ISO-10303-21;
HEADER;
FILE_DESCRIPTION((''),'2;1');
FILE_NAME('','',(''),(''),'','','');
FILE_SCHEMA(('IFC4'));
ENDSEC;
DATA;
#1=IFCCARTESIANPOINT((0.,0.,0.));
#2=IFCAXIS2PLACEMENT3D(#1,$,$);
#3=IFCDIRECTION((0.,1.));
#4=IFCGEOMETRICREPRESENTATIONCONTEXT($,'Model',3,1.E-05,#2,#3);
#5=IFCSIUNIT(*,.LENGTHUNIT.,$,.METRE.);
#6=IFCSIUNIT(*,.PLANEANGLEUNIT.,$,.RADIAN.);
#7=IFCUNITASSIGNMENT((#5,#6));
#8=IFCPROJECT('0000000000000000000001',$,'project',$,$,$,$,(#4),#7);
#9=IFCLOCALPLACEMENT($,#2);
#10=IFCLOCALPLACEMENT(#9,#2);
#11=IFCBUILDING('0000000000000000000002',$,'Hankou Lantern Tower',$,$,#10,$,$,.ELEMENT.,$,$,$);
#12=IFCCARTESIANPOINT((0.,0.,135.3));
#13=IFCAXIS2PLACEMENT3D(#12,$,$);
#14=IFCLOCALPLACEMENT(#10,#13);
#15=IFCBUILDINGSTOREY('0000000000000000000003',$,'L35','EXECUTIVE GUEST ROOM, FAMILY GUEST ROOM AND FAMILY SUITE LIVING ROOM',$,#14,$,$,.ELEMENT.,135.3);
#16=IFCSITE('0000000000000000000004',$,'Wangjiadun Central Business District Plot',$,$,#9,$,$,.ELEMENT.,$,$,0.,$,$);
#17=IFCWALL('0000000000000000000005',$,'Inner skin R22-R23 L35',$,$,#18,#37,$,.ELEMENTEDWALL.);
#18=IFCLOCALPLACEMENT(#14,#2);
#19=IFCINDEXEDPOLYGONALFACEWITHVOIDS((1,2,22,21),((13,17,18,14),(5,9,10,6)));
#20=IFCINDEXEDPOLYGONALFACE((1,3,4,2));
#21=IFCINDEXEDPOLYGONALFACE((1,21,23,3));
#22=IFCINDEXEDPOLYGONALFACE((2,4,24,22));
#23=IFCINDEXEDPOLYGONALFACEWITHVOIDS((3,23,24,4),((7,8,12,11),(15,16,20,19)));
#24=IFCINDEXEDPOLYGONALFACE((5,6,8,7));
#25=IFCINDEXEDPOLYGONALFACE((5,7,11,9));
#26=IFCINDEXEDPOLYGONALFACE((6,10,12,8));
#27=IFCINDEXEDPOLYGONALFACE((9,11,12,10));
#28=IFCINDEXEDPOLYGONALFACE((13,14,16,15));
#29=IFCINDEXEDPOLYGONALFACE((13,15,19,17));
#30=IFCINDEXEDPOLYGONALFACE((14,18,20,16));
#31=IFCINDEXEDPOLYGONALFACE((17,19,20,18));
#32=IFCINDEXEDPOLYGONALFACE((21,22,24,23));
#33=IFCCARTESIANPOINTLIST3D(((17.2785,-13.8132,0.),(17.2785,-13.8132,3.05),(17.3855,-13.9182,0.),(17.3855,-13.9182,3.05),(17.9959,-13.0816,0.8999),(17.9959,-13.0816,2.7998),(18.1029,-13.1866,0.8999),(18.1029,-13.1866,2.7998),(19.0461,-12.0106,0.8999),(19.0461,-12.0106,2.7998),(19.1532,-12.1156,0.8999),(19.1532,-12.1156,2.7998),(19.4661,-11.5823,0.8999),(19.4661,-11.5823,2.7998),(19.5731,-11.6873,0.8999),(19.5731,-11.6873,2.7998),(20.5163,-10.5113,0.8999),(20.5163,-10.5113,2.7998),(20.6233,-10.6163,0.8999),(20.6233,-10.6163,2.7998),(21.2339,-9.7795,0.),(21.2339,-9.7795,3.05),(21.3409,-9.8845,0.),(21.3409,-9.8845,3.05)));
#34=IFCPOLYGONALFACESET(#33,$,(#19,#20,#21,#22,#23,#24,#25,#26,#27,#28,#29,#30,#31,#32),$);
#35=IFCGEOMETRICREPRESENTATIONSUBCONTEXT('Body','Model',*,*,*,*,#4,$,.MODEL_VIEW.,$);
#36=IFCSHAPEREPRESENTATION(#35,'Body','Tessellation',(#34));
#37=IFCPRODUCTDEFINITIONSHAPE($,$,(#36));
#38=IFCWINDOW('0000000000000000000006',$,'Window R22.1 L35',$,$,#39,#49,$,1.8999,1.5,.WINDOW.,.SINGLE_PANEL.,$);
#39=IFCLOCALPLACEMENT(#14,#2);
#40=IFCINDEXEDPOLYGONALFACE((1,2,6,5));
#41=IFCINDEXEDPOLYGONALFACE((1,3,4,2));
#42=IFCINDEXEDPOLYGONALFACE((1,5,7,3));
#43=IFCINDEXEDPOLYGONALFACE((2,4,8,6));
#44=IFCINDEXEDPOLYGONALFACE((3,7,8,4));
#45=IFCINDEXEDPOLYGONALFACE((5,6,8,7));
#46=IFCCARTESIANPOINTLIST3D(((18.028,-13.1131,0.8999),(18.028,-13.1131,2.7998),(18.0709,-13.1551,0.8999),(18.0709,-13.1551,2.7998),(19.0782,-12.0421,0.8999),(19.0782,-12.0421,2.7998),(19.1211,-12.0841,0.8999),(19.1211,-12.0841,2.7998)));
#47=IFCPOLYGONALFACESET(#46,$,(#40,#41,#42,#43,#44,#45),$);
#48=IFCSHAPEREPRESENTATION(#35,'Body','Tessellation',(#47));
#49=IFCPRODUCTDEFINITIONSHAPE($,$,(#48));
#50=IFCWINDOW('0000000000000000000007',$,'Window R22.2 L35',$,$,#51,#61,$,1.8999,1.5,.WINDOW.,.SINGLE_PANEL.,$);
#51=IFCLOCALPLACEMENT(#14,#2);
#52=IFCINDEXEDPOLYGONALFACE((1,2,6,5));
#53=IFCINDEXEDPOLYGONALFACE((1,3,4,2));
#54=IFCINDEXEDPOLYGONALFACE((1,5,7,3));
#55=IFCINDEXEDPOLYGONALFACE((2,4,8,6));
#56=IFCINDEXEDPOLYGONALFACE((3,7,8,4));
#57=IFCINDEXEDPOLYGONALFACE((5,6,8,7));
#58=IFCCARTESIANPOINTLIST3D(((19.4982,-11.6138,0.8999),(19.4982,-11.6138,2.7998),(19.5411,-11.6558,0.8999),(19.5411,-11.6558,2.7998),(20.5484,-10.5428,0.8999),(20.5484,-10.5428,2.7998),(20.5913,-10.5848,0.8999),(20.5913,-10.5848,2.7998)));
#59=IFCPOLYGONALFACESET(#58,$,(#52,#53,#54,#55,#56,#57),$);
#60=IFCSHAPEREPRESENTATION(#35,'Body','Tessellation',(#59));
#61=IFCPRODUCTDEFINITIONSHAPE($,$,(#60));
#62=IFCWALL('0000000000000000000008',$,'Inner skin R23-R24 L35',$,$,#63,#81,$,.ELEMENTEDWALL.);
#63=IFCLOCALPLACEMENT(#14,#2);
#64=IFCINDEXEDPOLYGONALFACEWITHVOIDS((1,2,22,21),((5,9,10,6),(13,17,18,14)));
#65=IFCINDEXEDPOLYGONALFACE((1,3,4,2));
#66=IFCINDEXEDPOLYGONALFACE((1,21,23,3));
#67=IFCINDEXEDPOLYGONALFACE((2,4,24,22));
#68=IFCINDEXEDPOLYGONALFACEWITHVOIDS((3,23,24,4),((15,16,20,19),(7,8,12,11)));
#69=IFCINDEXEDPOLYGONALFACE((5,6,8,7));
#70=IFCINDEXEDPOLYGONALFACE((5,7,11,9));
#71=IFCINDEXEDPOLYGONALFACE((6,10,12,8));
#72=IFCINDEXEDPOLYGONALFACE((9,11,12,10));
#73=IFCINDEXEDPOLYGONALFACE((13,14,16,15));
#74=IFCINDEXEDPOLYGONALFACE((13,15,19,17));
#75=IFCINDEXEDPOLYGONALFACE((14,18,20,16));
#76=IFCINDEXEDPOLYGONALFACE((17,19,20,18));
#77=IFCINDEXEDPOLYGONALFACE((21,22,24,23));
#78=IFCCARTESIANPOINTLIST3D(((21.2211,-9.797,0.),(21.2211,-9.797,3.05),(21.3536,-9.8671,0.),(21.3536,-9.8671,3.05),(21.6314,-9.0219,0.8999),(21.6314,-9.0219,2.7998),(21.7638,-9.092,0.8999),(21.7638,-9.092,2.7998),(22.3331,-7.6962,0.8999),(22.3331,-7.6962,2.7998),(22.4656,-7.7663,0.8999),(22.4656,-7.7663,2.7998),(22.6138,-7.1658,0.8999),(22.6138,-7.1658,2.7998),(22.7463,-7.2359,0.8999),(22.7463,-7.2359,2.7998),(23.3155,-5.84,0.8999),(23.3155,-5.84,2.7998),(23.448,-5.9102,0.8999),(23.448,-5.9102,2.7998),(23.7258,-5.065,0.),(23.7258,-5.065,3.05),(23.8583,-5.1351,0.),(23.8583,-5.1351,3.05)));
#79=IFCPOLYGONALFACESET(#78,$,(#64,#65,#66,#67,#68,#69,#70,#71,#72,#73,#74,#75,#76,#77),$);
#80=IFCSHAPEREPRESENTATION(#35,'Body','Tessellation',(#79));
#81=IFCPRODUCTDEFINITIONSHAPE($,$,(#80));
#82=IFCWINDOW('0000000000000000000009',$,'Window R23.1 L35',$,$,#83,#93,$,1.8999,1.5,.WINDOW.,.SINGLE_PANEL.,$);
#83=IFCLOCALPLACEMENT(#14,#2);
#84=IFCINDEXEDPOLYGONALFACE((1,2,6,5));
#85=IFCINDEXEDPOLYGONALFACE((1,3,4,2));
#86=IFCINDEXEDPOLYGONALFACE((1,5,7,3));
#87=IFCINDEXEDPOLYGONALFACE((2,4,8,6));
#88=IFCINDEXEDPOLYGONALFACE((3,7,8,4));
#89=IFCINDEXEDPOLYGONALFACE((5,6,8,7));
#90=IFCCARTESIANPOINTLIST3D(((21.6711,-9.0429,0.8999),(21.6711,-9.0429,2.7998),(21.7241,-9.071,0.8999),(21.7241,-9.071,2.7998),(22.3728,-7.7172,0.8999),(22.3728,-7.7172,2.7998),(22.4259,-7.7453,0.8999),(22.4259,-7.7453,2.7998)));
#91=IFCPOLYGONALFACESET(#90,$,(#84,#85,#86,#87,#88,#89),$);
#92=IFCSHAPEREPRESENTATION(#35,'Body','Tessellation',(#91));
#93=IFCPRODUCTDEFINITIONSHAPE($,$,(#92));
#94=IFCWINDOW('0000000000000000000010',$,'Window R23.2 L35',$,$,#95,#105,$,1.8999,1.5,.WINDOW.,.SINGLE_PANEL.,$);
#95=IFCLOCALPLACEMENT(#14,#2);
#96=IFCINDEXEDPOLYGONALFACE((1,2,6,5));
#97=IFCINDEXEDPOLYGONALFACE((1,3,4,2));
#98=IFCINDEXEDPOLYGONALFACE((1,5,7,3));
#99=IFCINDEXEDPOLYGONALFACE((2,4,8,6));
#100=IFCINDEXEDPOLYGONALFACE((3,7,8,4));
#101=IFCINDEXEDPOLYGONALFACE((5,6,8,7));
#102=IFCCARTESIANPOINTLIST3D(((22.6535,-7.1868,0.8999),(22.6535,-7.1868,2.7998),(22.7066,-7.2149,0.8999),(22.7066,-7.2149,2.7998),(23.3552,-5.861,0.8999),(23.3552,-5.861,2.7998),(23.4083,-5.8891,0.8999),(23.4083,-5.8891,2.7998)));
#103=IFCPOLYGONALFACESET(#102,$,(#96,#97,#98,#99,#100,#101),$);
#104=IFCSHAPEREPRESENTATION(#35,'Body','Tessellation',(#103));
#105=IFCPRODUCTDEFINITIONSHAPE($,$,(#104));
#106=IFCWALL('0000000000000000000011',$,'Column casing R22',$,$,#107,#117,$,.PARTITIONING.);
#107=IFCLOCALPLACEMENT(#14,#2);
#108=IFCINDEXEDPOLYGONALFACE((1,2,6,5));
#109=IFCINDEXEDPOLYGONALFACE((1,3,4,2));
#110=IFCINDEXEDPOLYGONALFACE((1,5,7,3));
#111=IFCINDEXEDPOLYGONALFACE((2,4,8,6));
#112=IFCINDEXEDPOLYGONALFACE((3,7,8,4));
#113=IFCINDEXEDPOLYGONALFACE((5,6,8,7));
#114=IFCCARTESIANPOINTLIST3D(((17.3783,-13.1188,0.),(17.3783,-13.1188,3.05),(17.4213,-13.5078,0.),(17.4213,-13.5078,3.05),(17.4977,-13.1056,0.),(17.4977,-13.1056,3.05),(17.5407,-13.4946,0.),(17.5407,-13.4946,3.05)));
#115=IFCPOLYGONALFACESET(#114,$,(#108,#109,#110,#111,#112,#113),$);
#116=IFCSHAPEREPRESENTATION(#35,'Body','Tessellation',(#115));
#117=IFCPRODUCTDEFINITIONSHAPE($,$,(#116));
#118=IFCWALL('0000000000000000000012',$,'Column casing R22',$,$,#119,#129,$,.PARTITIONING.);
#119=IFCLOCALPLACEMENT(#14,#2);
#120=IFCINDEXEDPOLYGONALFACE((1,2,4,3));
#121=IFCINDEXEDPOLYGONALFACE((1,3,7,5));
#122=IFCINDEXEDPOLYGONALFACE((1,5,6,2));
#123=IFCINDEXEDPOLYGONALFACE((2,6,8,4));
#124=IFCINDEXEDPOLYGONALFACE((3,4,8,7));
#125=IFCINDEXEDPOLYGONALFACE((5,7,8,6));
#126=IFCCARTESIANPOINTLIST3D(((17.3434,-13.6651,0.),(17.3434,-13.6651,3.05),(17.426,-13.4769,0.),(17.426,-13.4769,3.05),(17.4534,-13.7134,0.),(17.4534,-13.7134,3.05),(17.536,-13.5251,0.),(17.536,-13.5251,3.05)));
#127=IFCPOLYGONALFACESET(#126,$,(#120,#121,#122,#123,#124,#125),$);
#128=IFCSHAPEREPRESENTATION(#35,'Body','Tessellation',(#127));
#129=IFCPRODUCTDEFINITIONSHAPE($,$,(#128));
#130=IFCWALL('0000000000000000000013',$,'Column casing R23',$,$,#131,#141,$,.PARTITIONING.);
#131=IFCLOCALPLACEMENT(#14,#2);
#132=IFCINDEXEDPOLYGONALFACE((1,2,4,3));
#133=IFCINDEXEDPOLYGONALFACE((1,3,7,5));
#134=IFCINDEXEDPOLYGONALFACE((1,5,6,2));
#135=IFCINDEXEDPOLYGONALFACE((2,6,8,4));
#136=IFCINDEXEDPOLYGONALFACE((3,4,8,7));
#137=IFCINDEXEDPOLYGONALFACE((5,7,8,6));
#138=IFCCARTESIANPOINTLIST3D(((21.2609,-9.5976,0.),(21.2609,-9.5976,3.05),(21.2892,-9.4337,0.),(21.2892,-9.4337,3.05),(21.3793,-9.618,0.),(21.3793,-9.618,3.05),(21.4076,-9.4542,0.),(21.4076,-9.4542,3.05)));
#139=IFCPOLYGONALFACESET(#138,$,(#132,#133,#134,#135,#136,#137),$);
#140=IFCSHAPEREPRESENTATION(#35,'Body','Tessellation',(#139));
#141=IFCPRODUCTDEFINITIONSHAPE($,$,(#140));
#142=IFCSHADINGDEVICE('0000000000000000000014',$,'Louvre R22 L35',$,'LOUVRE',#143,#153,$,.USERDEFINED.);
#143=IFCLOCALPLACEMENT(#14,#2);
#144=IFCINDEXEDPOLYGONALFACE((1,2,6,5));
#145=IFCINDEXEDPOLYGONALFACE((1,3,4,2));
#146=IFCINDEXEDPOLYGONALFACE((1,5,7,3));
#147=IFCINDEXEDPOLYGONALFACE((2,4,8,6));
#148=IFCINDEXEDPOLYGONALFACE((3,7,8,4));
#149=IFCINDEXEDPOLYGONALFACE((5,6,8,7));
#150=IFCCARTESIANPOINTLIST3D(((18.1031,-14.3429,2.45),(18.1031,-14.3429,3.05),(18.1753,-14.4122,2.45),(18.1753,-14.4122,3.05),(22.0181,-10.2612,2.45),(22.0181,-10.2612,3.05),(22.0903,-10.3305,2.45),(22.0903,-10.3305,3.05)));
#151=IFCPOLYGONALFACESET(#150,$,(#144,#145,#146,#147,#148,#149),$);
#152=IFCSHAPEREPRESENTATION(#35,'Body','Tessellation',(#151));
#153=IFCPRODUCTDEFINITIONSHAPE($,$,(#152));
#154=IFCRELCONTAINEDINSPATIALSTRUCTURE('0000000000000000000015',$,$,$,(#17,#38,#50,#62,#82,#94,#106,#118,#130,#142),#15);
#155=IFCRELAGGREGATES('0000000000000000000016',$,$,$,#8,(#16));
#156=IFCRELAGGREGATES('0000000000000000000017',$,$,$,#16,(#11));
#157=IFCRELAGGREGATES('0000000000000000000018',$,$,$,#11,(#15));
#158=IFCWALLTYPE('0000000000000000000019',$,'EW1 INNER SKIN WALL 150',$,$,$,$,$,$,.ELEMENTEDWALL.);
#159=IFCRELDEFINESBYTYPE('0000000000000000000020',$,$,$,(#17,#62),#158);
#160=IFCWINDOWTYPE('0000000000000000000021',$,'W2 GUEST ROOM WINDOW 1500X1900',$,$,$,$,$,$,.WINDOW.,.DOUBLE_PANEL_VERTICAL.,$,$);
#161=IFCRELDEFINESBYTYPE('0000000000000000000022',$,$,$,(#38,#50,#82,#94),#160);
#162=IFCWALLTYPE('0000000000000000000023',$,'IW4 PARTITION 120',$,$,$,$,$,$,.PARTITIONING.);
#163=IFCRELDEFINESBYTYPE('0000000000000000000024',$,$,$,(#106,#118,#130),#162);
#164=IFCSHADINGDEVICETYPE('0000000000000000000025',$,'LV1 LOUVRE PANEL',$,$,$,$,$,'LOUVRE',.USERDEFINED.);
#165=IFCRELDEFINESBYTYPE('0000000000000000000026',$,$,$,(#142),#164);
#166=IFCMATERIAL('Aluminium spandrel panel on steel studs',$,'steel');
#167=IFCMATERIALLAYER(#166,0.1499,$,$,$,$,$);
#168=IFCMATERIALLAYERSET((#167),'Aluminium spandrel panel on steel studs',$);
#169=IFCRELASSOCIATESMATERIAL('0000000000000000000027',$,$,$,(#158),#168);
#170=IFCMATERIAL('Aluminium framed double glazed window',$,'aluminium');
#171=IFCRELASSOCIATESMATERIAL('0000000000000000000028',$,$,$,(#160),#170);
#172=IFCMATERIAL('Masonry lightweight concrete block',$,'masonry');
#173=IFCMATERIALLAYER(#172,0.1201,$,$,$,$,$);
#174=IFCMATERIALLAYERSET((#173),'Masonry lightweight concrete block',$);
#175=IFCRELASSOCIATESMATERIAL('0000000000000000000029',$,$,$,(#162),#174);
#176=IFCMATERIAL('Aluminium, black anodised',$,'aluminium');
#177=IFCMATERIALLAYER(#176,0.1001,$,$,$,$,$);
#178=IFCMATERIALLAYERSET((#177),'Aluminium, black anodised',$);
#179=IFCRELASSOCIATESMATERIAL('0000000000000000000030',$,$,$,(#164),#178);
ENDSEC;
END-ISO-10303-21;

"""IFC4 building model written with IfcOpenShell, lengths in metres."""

from ifc_helpers import new_model, si_unit, direction, frame, frame_2d, origin, origin_2d, place, context, subcontext, project, spatial, rectangle, extrude, material, layer, layer_set, type_object, element, fill, save


model = new_model("IFC4")

# Units and contexts
model_context = context("Model", 3, precision=1e-05, world=origin(), true_north=direction((0.0, 1.0)))
body_context = subcontext(model_context, "Body", "Model", "MODEL_VIEW")
ifc_project = project(units=[si_unit("LENGTHUNIT", "METRE"), si_unit("PLANEANGLEUNIT", "RADIAN")], contexts=[model_context])

# Site, building, storey
site_placement = place(None, origin())
site = spatial("IfcSite", under=ifc_project, at=site_placement, Name="Wangjiadun Central Business District Plot", CompositionType="ELEMENT", RefElevation=0.0)
building_placement = place(site_placement, origin())
building = spatial("IfcBuilding", under=site, at=building_placement, Name="Hankou Lantern Tower", CompositionType="ELEMENT")
storey_placement = place(building_placement, frame((0.0, 0.0, 135.3)))
storey = spatial("IfcBuildingStorey", under=building, at=storey_placement, Name="L35", Description="EXECUTIVE GUEST ROOM, FAMILY GUEST ROOM AND FAMILY SUITE LIVING ROOM", CompositionType="ELEMENT", Elevation=135.3)

# Walls, openings, windows
ifc_material_1 = material(Name="Aluminium spandrel panel on steel studs", Category="steel")
ifc_layer_1 = layer(ifc_material_1, 0.1499)
ifc_layer_set_1 = layer_set([ifc_layer_1], Name="Aluminium spandrel panel on steel studs")
wall_type_1 = type_object("IfcWallType", Name="EW1 INNER SKIN WALL 150", PredefinedType="ELEMENTEDWALL", material=ifc_layer_set_1)
wall_1_placement = place(storey_placement, frame((17.332, -13.8657, 0.0), z_axis=(0.0, 0.0, 1.0), x_axis=(0.700137, 0.714009, 0.0)))
wall_1 = element("IfcWall", 1, at=wall_1_placement, inside=storey, type_object=wall_type_1, Name="Inner skin R22-R23 L35", PredefinedType="ELEMENTEDWALL", context=body_context, shape_type="SweptSolid", body=[
    extrude(rectangle(XDim=5.6494, YDim=0.1499, at=frame_2d((2.8247, 0.0))), origin(), (0.0, 0.0, 1.0), 3.05),
])
opening_1_placement = place(wall_1_placement, frame((1.0247, 0.0, 0.8999)))
opening_1 = element("IfcOpeningElement", 2, at=opening_1_placement, cuts=wall_1, PredefinedType="OPENING", context=body_context, shape_type="SweptSolid", body=[
    extrude(rectangle(XDim=1.5, YDim=1.8999, at=frame_2d((0.75, 0.95))), frame((0.0, 0.085, 0.0), z_axis=(0.0, -1.0, 0.0), x_axis=(1.0, 0.0, 0.0)), (0.0, 0.0, 1.0), 0.1699),
])
opening_2_placement = place(wall_1_placement, frame((3.1245, 0.0, 0.8999)))
opening_2 = element("IfcOpeningElement", 3, at=opening_2_placement, cuts=wall_1, PredefinedType="OPENING", context=body_context, shape_type="SweptSolid", body=[
    extrude(rectangle(XDim=1.5, YDim=1.8999, at=frame_2d((0.75, 0.95))), frame((0.0, 0.085, 0.0), z_axis=(0.0, -1.0, 0.0), x_axis=(1.0, 0.0, 0.0)), (0.0, 0.0, 1.0), 0.1699),
])
ifc_material_2 = material(Name="Aluminium framed double glazed window", Category="aluminium")
window_type = type_object("IfcWindowType", Name="W2 GUEST ROOM WINDOW 1500X1900", PartitioningType="DOUBLE_PANEL_VERTICAL", PredefinedType="WINDOW", material=ifc_material_2)
window_1_placement = place(opening_1_placement, origin())
window_1 = element("IfcWindow", 4, at=window_1_placement, inside=storey, type_object=window_type, Name="Window R22.1 L35", OverallHeight=1.8999, OverallWidth=1.5, PartitioningType="SINGLE_PANEL", PredefinedType="WINDOW", context=body_context, shape_type="SweptSolid", body=[
    extrude(rectangle(XDim=1.5, YDim=1.8999, at=frame_2d((0.75, 0.95))), frame((0.0, 0.03, 0.0), z_axis=(0.0, -1.0, 0.0), x_axis=(1.0, 0.0, 0.0)), (0.0, 0.0, 1.0), 0.0601),
])
fill(opening_1, window_1)
window_2_placement = place(opening_2_placement, origin())
window_2 = element("IfcWindow", 5, at=window_2_placement, inside=storey, type_object=window_type, Name="Window R22.2 L35", OverallHeight=1.8999, OverallWidth=1.5, PartitioningType="SINGLE_PANEL", PredefinedType="WINDOW", context=body_context, shape_type="SweptSolid", body=[
    extrude(rectangle(XDim=1.5, YDim=1.8999, at=frame_2d((0.75, 0.95))), frame((0.0, 0.03, 0.0), z_axis=(0.0, -1.0, 0.0), x_axis=(1.0, 0.0, 0.0)), (0.0, 0.0, 1.0), 0.0601),
])
fill(opening_2, window_2)
wall_2_placement = place(storey_placement, frame((21.2874, -9.832, 0.0), z_axis=(0.0, 0.0, 1.0), x_axis=(0.467814, 0.883827, 0.0)))
wall_2 = element("IfcWall", 6, at=wall_2_placement, inside=storey, type_object=wall_type_1, Name="Inner skin R23-R24 L35", PredefinedType="ELEMENTEDWALL", context=body_context, shape_type="SweptSolid", body=[
    extrude(rectangle(XDim=5.354, YDim=0.1499, at=frame_2d((2.677, 0.0))), origin(), (0.0, 0.0, 1.0), 3.05),
])
opening_3_placement = place(wall_2_placement, frame((0.877, 0.0, 0.8999)))
opening_3 = element("IfcOpeningElement", 7, at=opening_3_placement, cuts=wall_2, PredefinedType="OPENING", context=body_context, shape_type="SweptSolid", body=[
    extrude(rectangle(XDim=1.5, YDim=1.8999, at=frame_2d((0.75, 0.95))), frame((0.0, 0.085, 0.0), z_axis=(0.0, -1.0, 0.0), x_axis=(1.0, 0.0, 0.0)), (0.0, 0.0, 1.0), 0.1699),
])
opening_4_placement = place(wall_2_placement, frame((2.9771, 0.0, 0.8999)))
opening_4 = element("IfcOpeningElement", 8, at=opening_4_placement, cuts=wall_2, PredefinedType="OPENING", context=body_context, shape_type="SweptSolid", body=[
    extrude(rectangle(XDim=1.5, YDim=1.8999, at=frame_2d((0.75, 0.95))), frame((0.0, 0.085, 0.0), z_axis=(0.0, -1.0, 0.0), x_axis=(1.0, 0.0, 0.0)), (0.0, 0.0, 1.0), 0.1699),
])
window_3_placement = place(opening_3_placement, origin())
window_3 = element("IfcWindow", 9, at=window_3_placement, inside=storey, type_object=window_type, Name="Window R23.1 L35", OverallHeight=1.8999, OverallWidth=1.5, PartitioningType="SINGLE_PANEL", PredefinedType="WINDOW", context=body_context, shape_type="SweptSolid", body=[
    extrude(rectangle(XDim=1.5, YDim=1.8999, at=frame_2d((0.75, 0.95))), frame((0.0, 0.03, 0.0), z_axis=(0.0, -1.0, 0.0), x_axis=(1.0, 0.0, 0.0)), (0.0, 0.0, 1.0), 0.0601),
])
fill(opening_3, window_3)
window_4_placement = place(opening_4_placement, origin())
window_4 = element("IfcWindow", 10, at=window_4_placement, inside=storey, type_object=window_type, Name="Window R23.2 L35", OverallHeight=1.8999, OverallWidth=1.5, PartitioningType="SINGLE_PANEL", PredefinedType="WINDOW", context=body_context, shape_type="SweptSolid", body=[
    extrude(rectangle(XDim=1.5, YDim=1.8999, at=frame_2d((0.75, 0.95))), frame((0.0, 0.03, 0.0), z_axis=(0.0, -1.0, 0.0), x_axis=(1.0, 0.0, 0.0)), (0.0, 0.0, 1.0), 0.0601),
])
fill(opening_4, window_4)

# Walls
ifc_material_3 = material(Name="Masonry lightweight concrete block", Category="masonry")
ifc_layer_2 = layer(ifc_material_3, 0.1201)
ifc_layer_set_2 = layer_set([ifc_layer_2], Name="Masonry lightweight concrete block")
wall_type_2 = type_object("IfcWallType", Name="IW4 PARTITION 120", PredefinedType="PARTITIONING", material=ifc_layer_set_2)
wall_3_placement = place(storey_placement, frame((17.438, -13.1121, 0.0), z_axis=(0.0, 0.0, 1.0), x_axis=(0.109815, -0.993952, 0.0)))
element("IfcWall", 11, at=wall_3_placement, inside=storey, type_object=wall_type_2, Name="Column casing R22", PredefinedType="PARTITIONING", context=body_context, shape_type="SweptSolid", body=[
    extrude(rectangle(XDim=0.3914, YDim=0.1201, at=frame_2d((0.1958, 0.0))), origin(), (0.0, 0.0, 1.0), 3.05),
])
wall_4_placement = place(storey_placement, frame((17.481, -13.501, 0.0), z_axis=(0.0, 0.0, 1.0), x_axis=(-0.401504, -0.915857, 0.0)))
element("IfcWall", 12, at=wall_4_placement, inside=storey, type_object=wall_type_2, Name="Column casing R22", PredefinedType="PARTITIONING", context=body_context, shape_type="SweptSolid", body=[
    extrude(rectangle(XDim=0.2056, YDim=0.1201, at=frame_2d((0.1028, 0.0))), origin(), (0.0, 0.0, 1.0), 3.05),
])
wall_5_placement = place(storey_placement, frame((21.3484, -9.4441, 0.0), z_axis=(0.0, 0.0, 1.0), x_axis=(-0.170349, -0.985384, 0.0)))
element("IfcWall", 13, at=wall_5_placement, inside=storey, type_object=wall_type_2, Name="Column casing R23", PredefinedType="PARTITIONING", context=body_context, shape_type="SweptSolid", body=[
    extrude(rectangle(XDim=0.1663, YDim=0.1201, at=frame_2d((0.083, 0.0))), origin(), (0.0, 0.0, 1.0), 3.05),
])

# Shading device
ifc_material_4 = material(Name="Aluminium, black anodised", Category="aluminium")
ifc_layer_3 = layer(ifc_material_4, 0.1001)
ifc_layer_set_3 = layer_set([ifc_layer_3], Name="Aluminium, black anodised")
shading_device_type = type_object("IfcShadingDeviceType", Name="LV1 LOUVRE PANEL", ElementType="LOUVRE", PredefinedType="USERDEFINED", material=ifc_layer_set_3)
shading_device_placement = place(storey_placement, frame((20.0967, -12.3367, 2.45), z_axis=(0.0, 0.0, 1.0), x_axis=(0.692216, 0.721691, 0.0)))
element("IfcShadingDevice", 14, at=shading_device_placement, inside=storey, type_object=shading_device_type, Name="Louvre R22 L35", ObjectType="LOUVRE", PredefinedType="USERDEFINED", context=body_context, shape_type="SweptSolid", body=[
    extrude(rectangle(XDim=5.6558, YDim=0.1001, at=origin_2d()), origin(), (0.0, 0.0, 1.0), 0.6001),
])

save(model, "model.ifc")
